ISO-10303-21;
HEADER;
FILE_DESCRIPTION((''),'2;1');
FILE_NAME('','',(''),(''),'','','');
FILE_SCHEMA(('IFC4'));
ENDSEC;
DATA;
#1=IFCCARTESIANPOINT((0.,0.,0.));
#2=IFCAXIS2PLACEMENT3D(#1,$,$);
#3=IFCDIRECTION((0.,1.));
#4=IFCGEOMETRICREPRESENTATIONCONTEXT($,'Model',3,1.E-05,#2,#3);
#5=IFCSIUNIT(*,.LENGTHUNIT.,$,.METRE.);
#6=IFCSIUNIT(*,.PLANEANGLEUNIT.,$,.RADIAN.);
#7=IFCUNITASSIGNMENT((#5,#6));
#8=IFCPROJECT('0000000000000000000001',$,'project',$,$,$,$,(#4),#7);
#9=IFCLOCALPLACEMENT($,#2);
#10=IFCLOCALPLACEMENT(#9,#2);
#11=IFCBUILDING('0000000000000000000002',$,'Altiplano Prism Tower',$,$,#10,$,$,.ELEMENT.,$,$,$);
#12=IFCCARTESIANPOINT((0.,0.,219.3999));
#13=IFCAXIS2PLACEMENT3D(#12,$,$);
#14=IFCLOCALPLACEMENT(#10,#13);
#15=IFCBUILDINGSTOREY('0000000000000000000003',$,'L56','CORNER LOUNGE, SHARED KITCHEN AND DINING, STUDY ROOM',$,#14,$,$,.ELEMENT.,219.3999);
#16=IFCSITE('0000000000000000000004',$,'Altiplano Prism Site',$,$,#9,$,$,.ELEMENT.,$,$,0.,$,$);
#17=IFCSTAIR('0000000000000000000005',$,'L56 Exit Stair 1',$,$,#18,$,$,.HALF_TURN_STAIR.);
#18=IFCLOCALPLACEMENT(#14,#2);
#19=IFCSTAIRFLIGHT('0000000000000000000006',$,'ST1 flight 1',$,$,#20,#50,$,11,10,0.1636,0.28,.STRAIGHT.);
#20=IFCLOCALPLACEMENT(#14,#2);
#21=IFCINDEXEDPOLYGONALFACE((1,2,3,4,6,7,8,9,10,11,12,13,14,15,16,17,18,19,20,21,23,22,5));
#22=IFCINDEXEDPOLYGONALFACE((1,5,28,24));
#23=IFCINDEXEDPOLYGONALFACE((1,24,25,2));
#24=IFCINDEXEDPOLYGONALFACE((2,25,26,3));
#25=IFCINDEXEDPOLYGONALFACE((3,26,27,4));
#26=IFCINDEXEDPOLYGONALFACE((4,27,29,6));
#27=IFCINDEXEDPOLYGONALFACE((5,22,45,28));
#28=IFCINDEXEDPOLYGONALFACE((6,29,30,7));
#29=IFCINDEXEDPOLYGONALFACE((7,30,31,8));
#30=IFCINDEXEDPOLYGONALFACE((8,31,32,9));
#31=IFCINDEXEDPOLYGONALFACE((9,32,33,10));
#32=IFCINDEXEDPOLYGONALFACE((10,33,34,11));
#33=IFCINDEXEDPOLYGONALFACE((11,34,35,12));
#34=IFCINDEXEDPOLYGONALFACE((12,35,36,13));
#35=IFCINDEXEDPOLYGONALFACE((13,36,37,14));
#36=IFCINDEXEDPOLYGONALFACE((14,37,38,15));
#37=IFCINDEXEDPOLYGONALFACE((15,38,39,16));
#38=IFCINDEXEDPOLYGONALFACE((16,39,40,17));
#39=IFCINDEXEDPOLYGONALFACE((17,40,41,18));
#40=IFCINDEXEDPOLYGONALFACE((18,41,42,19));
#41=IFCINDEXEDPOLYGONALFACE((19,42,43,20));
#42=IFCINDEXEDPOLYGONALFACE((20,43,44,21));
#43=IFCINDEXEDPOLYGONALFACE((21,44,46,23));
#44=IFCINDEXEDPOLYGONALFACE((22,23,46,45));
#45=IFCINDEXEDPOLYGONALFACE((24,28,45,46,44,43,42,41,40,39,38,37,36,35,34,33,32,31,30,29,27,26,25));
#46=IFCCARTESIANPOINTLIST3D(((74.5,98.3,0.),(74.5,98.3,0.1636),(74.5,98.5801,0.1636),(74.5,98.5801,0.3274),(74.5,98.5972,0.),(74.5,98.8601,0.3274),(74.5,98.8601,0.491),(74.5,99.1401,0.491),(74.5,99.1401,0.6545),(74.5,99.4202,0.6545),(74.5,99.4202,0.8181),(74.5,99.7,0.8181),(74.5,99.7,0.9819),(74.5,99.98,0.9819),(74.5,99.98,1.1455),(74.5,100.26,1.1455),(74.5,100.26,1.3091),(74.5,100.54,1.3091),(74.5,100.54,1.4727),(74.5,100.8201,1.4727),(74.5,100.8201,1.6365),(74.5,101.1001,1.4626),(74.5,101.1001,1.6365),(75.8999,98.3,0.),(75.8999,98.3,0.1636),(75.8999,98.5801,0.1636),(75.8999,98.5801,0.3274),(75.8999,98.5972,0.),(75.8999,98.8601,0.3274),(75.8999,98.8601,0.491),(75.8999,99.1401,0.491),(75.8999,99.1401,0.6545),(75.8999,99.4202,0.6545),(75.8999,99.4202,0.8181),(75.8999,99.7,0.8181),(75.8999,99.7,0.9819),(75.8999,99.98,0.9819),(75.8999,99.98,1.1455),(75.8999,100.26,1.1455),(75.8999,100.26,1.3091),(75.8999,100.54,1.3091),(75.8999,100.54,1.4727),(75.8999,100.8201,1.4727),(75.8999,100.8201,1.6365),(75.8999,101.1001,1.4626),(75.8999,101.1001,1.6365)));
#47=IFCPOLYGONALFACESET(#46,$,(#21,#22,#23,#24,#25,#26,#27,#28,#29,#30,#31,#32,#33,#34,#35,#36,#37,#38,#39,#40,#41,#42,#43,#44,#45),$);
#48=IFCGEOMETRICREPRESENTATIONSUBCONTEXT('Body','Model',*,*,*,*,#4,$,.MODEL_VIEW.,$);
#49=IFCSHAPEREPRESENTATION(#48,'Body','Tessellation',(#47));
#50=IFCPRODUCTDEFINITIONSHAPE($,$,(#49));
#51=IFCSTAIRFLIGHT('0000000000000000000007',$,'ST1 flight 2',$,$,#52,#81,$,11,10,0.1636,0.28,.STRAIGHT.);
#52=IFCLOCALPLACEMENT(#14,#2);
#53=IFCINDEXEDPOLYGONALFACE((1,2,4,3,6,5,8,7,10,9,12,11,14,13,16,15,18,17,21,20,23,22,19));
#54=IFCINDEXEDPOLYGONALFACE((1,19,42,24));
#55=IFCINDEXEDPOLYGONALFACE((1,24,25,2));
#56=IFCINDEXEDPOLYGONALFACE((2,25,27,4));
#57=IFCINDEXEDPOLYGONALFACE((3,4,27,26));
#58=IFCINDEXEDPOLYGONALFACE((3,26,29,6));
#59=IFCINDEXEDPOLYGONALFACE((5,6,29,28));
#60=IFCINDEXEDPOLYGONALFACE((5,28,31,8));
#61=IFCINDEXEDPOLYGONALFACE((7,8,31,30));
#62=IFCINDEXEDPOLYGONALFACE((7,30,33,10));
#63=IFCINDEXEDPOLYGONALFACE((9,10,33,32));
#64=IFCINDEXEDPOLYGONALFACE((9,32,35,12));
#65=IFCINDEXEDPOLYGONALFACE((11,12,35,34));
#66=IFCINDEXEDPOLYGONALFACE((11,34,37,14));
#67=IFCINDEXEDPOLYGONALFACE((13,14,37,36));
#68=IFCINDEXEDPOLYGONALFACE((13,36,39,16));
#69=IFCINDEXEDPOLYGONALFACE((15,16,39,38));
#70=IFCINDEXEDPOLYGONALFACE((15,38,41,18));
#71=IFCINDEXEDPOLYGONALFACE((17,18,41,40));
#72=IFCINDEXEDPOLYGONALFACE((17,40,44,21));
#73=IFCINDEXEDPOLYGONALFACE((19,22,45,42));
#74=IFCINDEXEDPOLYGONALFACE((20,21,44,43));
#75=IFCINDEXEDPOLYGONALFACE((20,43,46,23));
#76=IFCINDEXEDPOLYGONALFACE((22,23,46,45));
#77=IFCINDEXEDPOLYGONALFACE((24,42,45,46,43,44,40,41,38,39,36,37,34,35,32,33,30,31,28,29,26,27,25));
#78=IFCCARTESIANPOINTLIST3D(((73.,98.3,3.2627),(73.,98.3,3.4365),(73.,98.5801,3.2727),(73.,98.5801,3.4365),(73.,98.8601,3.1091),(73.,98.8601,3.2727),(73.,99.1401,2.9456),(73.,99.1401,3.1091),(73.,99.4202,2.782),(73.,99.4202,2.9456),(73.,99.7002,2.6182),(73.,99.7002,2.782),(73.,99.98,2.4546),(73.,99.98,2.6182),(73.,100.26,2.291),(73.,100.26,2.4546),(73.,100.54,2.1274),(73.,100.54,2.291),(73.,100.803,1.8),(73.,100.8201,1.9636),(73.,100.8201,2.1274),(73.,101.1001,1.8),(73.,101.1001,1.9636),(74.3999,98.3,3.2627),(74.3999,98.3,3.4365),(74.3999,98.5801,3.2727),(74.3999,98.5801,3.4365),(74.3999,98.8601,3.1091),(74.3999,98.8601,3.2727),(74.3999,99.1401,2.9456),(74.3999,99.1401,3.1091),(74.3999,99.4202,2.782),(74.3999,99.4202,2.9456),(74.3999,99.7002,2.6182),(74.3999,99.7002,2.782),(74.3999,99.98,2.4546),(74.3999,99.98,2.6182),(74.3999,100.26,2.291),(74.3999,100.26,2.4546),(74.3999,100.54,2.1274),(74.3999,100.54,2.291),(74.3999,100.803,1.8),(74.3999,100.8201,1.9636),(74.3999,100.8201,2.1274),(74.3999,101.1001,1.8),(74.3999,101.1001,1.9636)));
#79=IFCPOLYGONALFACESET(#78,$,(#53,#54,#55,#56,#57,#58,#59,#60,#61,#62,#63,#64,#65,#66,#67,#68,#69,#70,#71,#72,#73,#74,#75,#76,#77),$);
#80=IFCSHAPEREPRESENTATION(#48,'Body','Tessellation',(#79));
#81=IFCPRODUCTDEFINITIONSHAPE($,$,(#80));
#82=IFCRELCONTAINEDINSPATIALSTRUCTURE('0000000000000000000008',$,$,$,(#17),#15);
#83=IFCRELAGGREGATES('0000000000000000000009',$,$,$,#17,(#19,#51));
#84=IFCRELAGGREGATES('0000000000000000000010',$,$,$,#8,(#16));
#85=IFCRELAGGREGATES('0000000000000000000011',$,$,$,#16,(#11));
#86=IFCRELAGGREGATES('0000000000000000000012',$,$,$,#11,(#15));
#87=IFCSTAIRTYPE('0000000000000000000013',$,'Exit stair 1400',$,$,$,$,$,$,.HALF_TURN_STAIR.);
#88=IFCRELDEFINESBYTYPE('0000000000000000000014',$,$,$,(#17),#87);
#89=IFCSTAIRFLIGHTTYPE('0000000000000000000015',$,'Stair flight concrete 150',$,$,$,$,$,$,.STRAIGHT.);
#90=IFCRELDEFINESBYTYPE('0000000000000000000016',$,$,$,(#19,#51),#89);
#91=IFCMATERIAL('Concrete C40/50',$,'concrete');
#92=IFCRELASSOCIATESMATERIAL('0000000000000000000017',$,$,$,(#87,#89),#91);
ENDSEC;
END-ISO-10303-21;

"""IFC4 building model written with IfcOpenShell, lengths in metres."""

from ifc_helpers import new_model, si_unit, direction, frame, origin, place, context, subcontext, project, spatial, polyline, outline, extrude, material, type_object, element, aggregate, save


model = new_model("IFC4")

# Units and contexts
model_context = context("Model", 3, precision=1e-05, world=origin(), true_north=direction((0.0, 1.0)))
body_context = subcontext(model_context, "Body", "Model", "MODEL_VIEW")
ifc_project = project(units=[si_unit("LENGTHUNIT", "METRE"), si_unit("PLANEANGLEUNIT", "RADIAN")], contexts=[model_context])

# Site, building, storey
site_placement = place(None, origin())
site = spatial("IfcSite", under=ifc_project, at=site_placement, Name="Altiplano Prism Site", CompositionType="ELEMENT", RefElevation=0.0)
building_placement = place(site_placement, origin())
building = spatial("IfcBuilding", under=site, at=building_placement, Name="Altiplano Prism Tower", CompositionType="ELEMENT")
storey_placement = place(building_placement, frame((0.0, 0.0, 219.3999)))
storey = spatial("IfcBuildingStorey", under=building, at=storey_placement, Name="L56", Description="CORNER LOUNGE, SHARED KITCHEN AND DINING, STUDY ROOM", CompositionType="ELEMENT", Elevation=219.3999)

# Stair, stair flights
ifc_material_1 = material(Name="Concrete C40/50", Category="concrete")
stair_type = type_object("IfcStairType", Name="Exit stair 1400", PredefinedType="HALF_TURN_STAIR", material=ifc_material_1)
stair_placement = place(storey_placement, origin())
stair = element("IfcStair", 1, at=stair_placement, inside=storey, type_object=stair_type, Name="L56 Exit Stair 1", PredefinedType="HALF_TURN_STAIR")
stair_flight_type = type_object("IfcStairFlightType", Name="Stair flight concrete 150", PredefinedType="STRAIGHT", material=ifc_material_1)
stair_flight_1_placement = place(storey_placement, frame((75.2, 98.3, 0.0), z_axis=(0.0, 0.0, 1.0), x_axis=(0.0, 1.0, 0.0)))
stair_flight_1 = element("IfcStairFlight", 2, at=stair_flight_1_placement, type_object=stair_flight_type, Name="ST1 flight 1", NumberOfRisers=11, NumberOfTreads=10, PredefinedType="STRAIGHT", RiserHeight=0.1636, TreadLength=0.28, context=body_context, shape_type="SweptSolid", body=[
    extrude(outline(polyline([(0.0, 0.0), (0.0, 0.1636), (0.28, 0.1636), (0.28, 0.3274), (0.5601, 0.3274), (0.5601, 0.491), (0.8401, 0.491), (0.8401, 0.6545), (1.1201, 0.6545), (1.1201, 0.8181), (1.3999, 0.8181), (1.3999, 0.9819), (1.6799, 0.9819), (1.6799, 1.1455), (1.96, 1.1455), (1.96, 1.3091), (2.24, 1.3091), (2.24, 1.4727), (2.52, 1.4727), (2.52, 1.6365), (2.8, 1.6365), (2.8, 1.8), (2.8, 1.4626), (0.2971, 0.0), (0.0, 0.0)])), frame((0.0, 0.7, 0.0), z_axis=(0.0, -1.0, 0.0), x_axis=(1.0, 0.0, 0.0)), (0.0, 0.0, 1.0), 1.3999),
])
stair_flight_2_placement = place(storey_placement, frame((73.7, 101.1001, 1.8), z_axis=(0.0, 0.0, 1.0), x_axis=(0.0, -1.0, 0.0)))
stair_flight_2 = element("IfcStairFlight", 3, at=stair_flight_2_placement, type_object=stair_flight_type, Name="ST1 flight 2", NumberOfRisers=11, NumberOfTreads=10, PredefinedType="STRAIGHT", RiserHeight=0.1636, TreadLength=0.28, context=body_context, shape_type="SweptSolid", body=[
    extrude(outline(polyline([(0.0, 0.0), (0.0, 0.1636), (0.28, 0.1636), (0.28, 0.3274), (0.5601, 0.3274), (0.5601, 0.491), (0.8401, 0.491), (0.8401, 0.6545), (1.1201, 0.6545), (1.1201, 0.8181), (1.3999, 0.8181), (1.3999, 0.9819), (1.6799, 0.9819), (1.6799, 1.1455), (1.96, 1.1455), (1.96, 1.3091), (2.24, 1.3091), (2.24, 1.4727), (2.52, 1.4727), (2.52, 1.6365), (2.8, 1.6365), (2.8, 1.8), (2.8, 1.4626), (0.2971, 0.0), (0.0, 0.0)])), frame((0.0, 0.7, 0.0), z_axis=(0.0, -1.0, 0.0), x_axis=(1.0, 0.0, 0.0)), (0.0, 0.0, 1.0), 1.3999),
])
aggregate(stair, [stair_flight_1, stair_flight_2])

save(model, "model.ifc")
